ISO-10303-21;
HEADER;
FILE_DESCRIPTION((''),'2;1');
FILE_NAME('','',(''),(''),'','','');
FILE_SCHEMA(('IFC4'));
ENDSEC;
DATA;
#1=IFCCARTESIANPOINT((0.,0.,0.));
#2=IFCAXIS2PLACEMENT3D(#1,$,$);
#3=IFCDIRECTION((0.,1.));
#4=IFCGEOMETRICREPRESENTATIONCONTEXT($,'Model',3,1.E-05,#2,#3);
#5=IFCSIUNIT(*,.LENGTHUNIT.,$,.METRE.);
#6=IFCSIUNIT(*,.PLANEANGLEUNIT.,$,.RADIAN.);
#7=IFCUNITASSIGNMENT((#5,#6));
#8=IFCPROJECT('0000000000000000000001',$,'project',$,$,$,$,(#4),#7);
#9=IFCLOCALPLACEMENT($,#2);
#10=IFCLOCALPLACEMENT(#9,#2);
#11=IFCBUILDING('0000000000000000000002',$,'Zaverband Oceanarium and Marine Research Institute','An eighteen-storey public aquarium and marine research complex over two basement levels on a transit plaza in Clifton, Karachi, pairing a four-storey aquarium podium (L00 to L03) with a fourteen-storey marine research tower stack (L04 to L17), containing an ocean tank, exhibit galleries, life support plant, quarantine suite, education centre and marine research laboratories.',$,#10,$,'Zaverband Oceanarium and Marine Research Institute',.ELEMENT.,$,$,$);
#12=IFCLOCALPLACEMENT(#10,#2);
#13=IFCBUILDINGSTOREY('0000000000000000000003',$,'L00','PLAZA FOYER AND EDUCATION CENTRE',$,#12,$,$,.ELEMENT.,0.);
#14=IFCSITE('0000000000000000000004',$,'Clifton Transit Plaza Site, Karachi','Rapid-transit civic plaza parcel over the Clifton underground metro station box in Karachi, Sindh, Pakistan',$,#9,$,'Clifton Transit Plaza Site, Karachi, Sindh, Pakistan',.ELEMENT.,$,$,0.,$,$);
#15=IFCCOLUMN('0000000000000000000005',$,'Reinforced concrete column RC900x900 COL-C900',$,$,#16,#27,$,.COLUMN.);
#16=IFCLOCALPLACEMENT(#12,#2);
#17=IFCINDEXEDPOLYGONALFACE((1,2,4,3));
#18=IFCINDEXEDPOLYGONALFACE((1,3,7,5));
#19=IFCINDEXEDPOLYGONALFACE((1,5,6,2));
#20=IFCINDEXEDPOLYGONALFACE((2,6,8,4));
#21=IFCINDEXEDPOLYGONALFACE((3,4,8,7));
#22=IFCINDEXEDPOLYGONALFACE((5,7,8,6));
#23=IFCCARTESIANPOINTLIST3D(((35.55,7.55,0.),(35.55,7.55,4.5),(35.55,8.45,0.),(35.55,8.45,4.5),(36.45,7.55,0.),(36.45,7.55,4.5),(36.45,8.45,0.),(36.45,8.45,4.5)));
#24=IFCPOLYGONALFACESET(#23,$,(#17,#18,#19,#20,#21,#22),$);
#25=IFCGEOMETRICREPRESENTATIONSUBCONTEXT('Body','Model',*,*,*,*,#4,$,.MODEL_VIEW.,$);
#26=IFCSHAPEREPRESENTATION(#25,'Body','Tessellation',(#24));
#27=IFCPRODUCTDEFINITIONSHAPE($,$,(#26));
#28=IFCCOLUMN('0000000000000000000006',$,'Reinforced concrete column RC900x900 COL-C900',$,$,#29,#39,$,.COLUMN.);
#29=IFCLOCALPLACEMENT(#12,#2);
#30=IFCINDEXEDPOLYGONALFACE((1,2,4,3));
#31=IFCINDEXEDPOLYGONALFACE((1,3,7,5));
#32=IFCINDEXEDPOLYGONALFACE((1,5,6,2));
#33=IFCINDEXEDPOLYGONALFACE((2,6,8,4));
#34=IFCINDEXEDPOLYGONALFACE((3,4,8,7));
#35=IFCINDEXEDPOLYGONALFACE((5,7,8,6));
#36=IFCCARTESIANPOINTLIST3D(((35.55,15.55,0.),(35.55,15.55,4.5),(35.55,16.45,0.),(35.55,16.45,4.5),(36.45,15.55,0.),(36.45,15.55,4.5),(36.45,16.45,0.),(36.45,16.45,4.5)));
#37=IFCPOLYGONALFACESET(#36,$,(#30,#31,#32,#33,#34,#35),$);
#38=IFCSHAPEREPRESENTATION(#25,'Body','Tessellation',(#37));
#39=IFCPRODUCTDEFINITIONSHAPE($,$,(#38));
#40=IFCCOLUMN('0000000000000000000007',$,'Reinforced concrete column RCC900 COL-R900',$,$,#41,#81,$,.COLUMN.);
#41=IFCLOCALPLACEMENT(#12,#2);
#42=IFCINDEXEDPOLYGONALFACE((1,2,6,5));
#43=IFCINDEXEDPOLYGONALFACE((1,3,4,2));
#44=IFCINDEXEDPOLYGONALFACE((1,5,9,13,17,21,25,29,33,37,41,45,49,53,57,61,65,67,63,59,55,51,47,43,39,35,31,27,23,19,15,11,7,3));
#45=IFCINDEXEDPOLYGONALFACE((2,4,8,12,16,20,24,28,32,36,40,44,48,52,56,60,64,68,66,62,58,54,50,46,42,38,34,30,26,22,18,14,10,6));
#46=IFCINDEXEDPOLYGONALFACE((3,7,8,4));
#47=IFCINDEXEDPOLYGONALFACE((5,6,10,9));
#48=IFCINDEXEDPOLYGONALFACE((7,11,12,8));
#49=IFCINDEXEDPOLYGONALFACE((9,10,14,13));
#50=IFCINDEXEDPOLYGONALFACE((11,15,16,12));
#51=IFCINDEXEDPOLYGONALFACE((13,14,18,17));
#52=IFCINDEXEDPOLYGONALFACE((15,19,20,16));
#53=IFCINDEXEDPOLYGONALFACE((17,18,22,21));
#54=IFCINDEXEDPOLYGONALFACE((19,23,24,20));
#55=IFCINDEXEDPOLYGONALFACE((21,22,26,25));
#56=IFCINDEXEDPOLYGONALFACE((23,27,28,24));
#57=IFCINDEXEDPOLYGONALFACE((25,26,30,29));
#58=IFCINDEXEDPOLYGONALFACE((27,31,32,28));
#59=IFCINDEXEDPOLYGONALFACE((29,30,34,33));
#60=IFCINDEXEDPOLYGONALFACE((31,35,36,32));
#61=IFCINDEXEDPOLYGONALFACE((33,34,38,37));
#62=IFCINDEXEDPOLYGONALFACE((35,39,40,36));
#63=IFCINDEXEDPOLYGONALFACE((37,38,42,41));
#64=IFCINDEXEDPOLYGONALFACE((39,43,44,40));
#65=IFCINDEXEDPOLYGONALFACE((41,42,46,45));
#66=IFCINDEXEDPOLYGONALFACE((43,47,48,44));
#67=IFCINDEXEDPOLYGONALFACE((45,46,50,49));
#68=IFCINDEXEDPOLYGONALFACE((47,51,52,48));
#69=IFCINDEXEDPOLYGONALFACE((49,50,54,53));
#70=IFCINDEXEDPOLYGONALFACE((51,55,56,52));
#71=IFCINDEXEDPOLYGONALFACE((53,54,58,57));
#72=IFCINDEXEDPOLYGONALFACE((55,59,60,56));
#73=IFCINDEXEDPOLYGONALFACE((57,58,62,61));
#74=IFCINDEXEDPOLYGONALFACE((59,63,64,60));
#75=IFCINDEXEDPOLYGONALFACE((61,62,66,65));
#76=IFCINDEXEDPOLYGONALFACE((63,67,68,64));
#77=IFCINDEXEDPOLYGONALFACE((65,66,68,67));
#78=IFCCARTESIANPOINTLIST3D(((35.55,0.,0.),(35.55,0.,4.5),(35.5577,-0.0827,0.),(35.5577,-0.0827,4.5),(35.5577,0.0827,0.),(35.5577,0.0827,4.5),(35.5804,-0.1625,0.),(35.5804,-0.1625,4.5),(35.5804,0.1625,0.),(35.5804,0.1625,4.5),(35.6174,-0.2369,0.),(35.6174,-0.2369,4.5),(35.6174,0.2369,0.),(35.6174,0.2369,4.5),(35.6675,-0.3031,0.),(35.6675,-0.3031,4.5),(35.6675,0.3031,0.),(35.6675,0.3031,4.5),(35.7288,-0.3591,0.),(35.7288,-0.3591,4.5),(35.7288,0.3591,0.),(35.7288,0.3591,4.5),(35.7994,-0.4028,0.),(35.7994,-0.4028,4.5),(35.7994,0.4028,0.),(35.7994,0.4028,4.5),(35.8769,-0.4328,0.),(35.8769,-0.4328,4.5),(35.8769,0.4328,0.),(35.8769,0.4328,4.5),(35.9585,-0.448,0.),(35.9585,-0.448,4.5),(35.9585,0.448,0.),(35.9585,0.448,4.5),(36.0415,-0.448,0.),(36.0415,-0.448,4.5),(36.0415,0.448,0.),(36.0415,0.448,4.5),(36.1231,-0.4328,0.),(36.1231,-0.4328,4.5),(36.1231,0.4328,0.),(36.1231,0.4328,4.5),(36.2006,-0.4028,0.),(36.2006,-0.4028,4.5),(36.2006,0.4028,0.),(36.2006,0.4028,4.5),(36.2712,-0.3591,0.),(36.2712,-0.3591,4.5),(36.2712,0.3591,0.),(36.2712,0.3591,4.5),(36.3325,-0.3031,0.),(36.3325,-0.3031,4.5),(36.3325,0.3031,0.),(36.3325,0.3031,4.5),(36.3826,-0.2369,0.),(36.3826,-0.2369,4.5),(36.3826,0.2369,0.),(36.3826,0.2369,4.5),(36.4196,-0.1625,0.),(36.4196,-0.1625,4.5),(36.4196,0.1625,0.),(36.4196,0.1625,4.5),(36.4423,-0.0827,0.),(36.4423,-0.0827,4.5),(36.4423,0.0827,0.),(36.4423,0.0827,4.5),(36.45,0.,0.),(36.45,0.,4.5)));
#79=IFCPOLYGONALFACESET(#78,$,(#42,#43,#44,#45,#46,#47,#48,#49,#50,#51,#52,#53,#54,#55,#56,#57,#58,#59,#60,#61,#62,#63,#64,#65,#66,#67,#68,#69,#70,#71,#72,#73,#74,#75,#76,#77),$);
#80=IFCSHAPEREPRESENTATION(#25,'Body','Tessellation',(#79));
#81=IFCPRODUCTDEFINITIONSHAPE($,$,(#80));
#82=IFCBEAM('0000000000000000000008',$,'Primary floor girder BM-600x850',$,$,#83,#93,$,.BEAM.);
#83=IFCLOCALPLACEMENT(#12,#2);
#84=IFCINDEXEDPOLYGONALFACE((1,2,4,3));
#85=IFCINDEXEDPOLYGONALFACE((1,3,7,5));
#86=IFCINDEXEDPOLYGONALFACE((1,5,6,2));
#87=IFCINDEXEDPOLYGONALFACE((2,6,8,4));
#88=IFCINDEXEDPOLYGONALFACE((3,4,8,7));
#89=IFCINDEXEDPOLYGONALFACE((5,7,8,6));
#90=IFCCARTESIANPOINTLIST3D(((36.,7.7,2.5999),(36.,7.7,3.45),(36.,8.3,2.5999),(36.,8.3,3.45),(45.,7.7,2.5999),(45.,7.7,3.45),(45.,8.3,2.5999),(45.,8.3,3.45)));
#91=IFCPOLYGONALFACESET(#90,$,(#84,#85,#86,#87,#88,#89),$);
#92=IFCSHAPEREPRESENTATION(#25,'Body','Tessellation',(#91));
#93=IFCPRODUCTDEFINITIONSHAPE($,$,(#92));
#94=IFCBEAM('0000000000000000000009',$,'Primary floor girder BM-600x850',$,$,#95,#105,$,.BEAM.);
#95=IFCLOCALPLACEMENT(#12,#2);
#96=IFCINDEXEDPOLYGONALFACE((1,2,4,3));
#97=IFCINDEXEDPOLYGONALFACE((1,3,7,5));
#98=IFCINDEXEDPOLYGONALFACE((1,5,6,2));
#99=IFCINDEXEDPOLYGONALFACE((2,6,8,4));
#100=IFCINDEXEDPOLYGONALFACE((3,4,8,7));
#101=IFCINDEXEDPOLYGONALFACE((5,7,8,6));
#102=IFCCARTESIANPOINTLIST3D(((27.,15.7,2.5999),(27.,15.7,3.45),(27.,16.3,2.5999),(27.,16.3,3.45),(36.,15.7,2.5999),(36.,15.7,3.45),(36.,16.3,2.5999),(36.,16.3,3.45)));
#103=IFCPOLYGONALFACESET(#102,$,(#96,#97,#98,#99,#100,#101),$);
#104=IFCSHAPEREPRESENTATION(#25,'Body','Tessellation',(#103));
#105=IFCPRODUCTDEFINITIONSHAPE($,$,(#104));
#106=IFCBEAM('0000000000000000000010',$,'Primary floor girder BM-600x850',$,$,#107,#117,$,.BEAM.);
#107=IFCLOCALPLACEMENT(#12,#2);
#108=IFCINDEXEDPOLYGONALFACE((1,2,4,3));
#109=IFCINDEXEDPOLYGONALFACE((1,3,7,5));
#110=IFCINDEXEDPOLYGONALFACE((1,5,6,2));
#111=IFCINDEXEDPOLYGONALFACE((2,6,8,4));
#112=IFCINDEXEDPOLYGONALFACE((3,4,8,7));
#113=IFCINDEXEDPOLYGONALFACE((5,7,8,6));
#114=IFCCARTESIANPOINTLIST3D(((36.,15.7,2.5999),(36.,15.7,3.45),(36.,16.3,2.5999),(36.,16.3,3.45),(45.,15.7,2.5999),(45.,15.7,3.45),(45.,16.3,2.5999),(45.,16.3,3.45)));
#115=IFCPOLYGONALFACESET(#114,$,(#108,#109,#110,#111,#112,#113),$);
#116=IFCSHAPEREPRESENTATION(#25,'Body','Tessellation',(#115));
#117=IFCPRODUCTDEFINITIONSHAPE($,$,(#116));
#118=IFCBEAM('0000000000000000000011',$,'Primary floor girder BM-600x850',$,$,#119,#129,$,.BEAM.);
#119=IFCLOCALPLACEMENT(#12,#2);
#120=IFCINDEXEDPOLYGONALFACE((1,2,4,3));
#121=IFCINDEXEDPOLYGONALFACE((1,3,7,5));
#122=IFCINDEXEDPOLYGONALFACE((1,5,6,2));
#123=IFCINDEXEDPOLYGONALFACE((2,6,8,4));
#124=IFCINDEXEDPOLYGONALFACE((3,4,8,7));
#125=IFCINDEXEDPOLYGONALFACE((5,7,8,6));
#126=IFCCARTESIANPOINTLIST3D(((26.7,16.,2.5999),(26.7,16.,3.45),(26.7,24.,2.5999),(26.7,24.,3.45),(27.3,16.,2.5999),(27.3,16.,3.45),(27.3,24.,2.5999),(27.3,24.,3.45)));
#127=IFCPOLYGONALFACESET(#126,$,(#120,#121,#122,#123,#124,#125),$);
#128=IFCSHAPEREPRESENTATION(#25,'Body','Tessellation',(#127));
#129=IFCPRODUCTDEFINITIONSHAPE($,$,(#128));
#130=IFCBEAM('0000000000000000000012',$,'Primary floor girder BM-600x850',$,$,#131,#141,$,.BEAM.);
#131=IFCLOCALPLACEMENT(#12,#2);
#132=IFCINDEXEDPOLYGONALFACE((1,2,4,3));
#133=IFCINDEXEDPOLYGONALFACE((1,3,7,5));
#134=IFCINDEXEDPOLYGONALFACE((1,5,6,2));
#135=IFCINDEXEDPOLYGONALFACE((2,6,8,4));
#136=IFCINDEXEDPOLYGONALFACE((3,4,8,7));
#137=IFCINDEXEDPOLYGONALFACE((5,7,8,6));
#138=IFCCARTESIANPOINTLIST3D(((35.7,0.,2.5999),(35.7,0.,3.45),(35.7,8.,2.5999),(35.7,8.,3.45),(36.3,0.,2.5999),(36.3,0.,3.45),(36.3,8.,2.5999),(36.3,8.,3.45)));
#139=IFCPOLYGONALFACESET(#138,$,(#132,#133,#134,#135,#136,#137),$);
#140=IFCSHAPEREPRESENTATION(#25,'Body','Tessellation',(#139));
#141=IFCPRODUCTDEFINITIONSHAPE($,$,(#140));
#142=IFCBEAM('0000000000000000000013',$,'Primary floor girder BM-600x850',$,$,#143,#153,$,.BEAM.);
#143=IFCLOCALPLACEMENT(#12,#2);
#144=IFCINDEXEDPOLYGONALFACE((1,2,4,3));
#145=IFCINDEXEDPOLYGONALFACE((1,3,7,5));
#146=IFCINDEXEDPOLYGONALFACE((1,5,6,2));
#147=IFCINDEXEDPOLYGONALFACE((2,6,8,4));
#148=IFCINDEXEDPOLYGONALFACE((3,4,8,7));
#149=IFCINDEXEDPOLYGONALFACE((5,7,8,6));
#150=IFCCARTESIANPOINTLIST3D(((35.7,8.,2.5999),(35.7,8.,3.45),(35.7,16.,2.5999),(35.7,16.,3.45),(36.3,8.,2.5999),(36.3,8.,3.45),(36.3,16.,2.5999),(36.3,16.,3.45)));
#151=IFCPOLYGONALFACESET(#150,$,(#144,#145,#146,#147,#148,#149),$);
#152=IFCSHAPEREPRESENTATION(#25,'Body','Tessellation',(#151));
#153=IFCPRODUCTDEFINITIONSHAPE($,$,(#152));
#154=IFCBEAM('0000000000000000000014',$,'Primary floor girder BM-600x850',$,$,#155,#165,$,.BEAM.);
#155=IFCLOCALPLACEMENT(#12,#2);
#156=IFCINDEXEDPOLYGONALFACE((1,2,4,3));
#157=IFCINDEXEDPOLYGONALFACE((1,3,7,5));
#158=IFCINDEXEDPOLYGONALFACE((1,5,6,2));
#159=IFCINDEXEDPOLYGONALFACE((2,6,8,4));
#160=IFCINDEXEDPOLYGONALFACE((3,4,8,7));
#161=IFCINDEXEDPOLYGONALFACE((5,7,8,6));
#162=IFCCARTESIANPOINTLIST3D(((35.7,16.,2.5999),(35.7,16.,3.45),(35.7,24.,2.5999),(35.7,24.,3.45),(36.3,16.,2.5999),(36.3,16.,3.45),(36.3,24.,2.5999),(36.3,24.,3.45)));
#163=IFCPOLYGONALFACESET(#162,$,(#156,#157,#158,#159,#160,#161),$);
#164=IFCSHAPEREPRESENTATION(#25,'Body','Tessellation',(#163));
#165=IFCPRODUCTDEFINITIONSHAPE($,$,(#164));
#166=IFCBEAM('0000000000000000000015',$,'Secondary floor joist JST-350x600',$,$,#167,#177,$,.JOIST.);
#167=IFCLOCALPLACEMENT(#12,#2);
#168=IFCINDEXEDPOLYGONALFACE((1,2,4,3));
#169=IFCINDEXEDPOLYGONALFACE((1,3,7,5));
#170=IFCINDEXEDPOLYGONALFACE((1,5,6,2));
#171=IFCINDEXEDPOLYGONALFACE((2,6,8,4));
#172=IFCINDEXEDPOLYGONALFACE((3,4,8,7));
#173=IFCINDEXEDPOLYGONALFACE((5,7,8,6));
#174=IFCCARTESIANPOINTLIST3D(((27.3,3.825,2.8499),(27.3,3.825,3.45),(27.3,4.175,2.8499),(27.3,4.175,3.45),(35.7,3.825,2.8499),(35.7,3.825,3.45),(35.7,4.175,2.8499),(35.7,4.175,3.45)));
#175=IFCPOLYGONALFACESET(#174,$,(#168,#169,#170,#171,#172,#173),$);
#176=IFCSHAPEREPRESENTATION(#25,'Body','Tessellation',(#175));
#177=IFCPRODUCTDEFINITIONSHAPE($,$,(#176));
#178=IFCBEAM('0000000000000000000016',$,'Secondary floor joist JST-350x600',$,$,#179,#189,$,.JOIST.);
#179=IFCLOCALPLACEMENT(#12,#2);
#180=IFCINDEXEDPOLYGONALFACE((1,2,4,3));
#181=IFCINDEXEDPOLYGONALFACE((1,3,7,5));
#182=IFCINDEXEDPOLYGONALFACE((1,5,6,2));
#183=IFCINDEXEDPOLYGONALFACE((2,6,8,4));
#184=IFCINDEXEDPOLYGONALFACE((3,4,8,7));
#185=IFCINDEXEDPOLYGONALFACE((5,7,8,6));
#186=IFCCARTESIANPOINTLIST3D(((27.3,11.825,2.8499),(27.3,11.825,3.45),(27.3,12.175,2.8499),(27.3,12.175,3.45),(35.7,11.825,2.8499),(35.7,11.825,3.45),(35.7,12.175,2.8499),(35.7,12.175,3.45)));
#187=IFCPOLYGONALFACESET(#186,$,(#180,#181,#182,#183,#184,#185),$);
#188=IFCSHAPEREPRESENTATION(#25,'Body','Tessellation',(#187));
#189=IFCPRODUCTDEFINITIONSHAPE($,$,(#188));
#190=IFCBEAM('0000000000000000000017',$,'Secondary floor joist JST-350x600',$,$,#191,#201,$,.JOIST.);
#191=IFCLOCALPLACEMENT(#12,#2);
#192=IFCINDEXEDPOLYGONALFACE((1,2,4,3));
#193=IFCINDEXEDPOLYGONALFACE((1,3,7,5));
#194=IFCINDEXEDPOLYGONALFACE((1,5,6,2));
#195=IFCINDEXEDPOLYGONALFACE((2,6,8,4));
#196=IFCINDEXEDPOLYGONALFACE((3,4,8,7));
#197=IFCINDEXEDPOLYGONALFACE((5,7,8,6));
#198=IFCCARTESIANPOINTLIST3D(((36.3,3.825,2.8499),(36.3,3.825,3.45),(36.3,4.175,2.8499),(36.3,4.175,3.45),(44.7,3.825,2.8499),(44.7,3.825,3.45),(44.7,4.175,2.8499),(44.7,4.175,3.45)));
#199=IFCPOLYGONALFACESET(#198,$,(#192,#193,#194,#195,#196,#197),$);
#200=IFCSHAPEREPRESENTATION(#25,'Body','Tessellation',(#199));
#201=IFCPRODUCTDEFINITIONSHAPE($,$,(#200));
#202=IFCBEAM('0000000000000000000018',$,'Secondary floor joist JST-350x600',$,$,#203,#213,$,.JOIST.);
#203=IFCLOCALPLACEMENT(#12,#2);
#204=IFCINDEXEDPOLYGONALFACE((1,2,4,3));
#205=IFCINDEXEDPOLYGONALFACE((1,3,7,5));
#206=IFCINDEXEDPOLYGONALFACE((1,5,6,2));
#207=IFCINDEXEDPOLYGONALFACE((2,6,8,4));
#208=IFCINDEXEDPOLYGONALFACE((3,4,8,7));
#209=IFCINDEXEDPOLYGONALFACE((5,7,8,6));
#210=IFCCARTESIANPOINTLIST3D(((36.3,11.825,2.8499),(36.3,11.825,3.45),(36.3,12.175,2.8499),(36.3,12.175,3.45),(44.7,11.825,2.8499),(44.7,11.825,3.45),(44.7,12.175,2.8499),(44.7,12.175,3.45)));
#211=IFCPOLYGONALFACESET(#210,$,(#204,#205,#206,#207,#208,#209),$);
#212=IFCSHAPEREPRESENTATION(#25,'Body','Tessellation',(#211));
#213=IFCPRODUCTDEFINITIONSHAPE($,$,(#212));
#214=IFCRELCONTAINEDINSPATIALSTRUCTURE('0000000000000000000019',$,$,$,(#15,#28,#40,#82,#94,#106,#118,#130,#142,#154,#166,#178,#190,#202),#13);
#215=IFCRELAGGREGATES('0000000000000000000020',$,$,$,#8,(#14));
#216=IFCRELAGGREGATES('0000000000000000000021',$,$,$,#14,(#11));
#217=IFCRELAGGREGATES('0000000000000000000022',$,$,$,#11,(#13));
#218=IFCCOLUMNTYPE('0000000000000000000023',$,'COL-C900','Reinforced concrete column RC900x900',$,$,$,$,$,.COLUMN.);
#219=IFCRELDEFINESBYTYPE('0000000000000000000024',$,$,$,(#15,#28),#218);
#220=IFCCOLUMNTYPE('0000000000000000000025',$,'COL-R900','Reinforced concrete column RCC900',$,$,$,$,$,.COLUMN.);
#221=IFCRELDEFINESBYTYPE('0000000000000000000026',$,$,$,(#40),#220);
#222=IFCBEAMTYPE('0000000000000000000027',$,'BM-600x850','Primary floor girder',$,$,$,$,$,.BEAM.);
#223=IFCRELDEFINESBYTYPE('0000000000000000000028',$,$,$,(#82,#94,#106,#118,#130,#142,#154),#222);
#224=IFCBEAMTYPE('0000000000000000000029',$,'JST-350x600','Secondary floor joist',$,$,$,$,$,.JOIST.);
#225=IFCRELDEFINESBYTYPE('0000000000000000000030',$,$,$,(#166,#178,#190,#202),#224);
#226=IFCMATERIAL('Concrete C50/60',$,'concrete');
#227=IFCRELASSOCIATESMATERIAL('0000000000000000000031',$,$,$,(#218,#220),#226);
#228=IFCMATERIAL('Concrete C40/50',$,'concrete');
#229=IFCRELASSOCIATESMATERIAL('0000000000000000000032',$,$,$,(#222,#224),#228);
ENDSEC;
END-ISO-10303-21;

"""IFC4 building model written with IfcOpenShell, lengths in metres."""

from ifc_helpers import new_model, si_unit, direction, frame, origin, origin_2d, place, context, subcontext, project, spatial, rectangle, circle, extrude, material, material_profile, profile_set, type_object, element, save


model = new_model("IFC4")

# Units and contexts
model_context = context("Model", 3, precision=1e-05, world=origin(), true_north=direction((0.0, 1.0)))
body_context = subcontext(model_context, "Body", "Model", "MODEL_VIEW")
ifc_project = project(units=[si_unit("LENGTHUNIT", "METRE"), si_unit("PLANEANGLEUNIT", "RADIAN")], contexts=[model_context])

# Site, building, storey
site_placement = place(None, origin())
site = spatial("IfcSite", under=ifc_project, at=site_placement, Name="Clifton Transit Plaza Site, Karachi", Description="Rapid-transit civic plaza parcel over the Clifton underground metro station box in Karachi, Sindh, Pakistan", LongName="Clifton Transit Plaza Site, Karachi, Sindh, Pakistan", CompositionType="ELEMENT", RefElevation=0.0)
building_placement = place(site_placement, origin())
building = spatial("IfcBuilding", under=site, at=building_placement, Name="Zaverband Oceanarium and Marine Research Institute", Description="An eighteen-storey public aquarium and marine research complex over two basement levels on a transit plaza in Clifton, Karachi, pairing a four-storey aquarium podium (L00 to L03) with a fourteen-storey marine research tower stack (L04 to L17), containing an ocean tank, exhibit galleries, life support plant, quarantine suite, education centre and marine research laboratories.", LongName="Zaverband Oceanarium and Marine Research Institute", CompositionType="ELEMENT")
storey_placement = place(building_placement, origin())
storey = spatial("IfcBuildingStorey", under=building, at=storey_placement, Name="L00", Description="PLAZA FOYER AND EDUCATION CENTRE", CompositionType="ELEMENT", Elevation=0.0)

# Columns
ifc_material_1 = material(Name="Concrete C50/60", Category="concrete")
ifc_material_profile_1 = material_profile(ifc_material_1, rectangle(XDim=0.8999, YDim=0.8999, at=origin_2d()), Name="RC900x900")
ifc_profile_set_1 = profile_set([ifc_material_profile_1], Name="Concrete C50/60")
column_type_1 = type_object("IfcColumnType", Name="COL-C900", Description="Reinforced concrete column RC900x900", PredefinedType="COLUMN", material=ifc_profile_set_1)
for number, where, z_axis, x_axis, name in (
    (1, (36.0, 8.0, 0.0), (0.0, 0.0, 1.0), (1.0, 0.0, 0.0), "Reinforced concrete column RC900x900 COL-C900"),
    (2, (36.0, 16.0, 0.0), (0.0, 0.0, 1.0), (1.0, 0.0, 0.0), "Reinforced concrete column RC900x900 COL-C900"),
):
    element("IfcColumn", number, at=place(storey_placement, frame(where, z_axis=z_axis, x_axis=x_axis)), inside=storey, type_object=column_type_1, Name=name, PredefinedType="COLUMN", context=body_context, shape_type="SweptSolid", body=[
        extrude(rectangle(XDim=0.8999, YDim=0.8999, at=origin_2d()), origin(), (0.0, 0.0, 1.0), 4.5),
    ])
ifc_material_profile_2 = material_profile(ifc_material_1, circle(Radius=0.45, at=origin_2d()), Name="RCC900")
ifc_profile_set_2 = profile_set([ifc_material_profile_2], Name="Concrete C50/60")
column_type_2 = type_object("IfcColumnType", Name="COL-R900", Description="Reinforced concrete column RCC900", PredefinedType="COLUMN", material=ifc_profile_set_2)
column_placement = place(storey_placement, frame((36.0, 0.0, 0.0), z_axis=(0.0, 0.0, 1.0), x_axis=(1.0, 0.0, 0.0)))
element("IfcColumn", 3, at=column_placement, inside=storey, type_object=column_type_2, Name="Reinforced concrete column RCC900 COL-R900", PredefinedType="COLUMN", context=body_context, shape_type="SweptSolid", body=[
    extrude(circle(Radius=0.45, at=origin_2d()), origin(), (0.0, 0.0, 1.0), 4.5),
])

# Beams
ifc_material_2 = material(Name="Concrete C40/50", Category="concrete")
ifc_material_profile_3 = material_profile(ifc_material_2, rectangle(XDim=0.6001, YDim=0.8501, at=origin_2d()), Name="RC600x850")
ifc_profile_set_3 = profile_set([ifc_material_profile_3], Name="Concrete C40/50")
beam_type_1 = type_object("IfcBeamType", Name="BM-600x850", Description="Primary floor girder", PredefinedType="BEAM", material=ifc_profile_set_3)
for number, where, z_axis, x_axis, name in (
    (4, (36.0, 8.0, 3.0249), (1.0, 0.0, 0.0), (0.0, 1.0, 0.0), "Primary floor girder BM-600x850"),
    (5, (27.0, 16.0, 3.0249), (1.0, 0.0, 0.0), (0.0, 1.0, 0.0), "Primary floor girder BM-600x850"),
    (6, (36.0, 16.0, 3.0249), (1.0, 0.0, 0.0), (0.0, 1.0, 0.0), "Primary floor girder BM-600x850"),
):
    element("IfcBeam", number, at=place(storey_placement, frame(where, z_axis=z_axis, x_axis=x_axis)), inside=storey, type_object=beam_type_1, Name=name, PredefinedType="BEAM", context=body_context, shape_type="SweptSolid", body=[
        extrude(rectangle(XDim=0.6001, YDim=0.8501, at=origin_2d()), origin(), (0.0, 0.0, 1.0), 9.0),
    ])
for number, where, z_axis, x_axis, name in (
    (7, (27.0, 16.0, 3.0249), (0.0, 1.0, 0.0), (-1.0, 0.0, 0.0), "Primary floor girder BM-600x850"),
    (8, (36.0, 0.0, 3.0249), (0.0, 1.0, 0.0), (-1.0, 0.0, 0.0), "Primary floor girder BM-600x850"),
    (9, (36.0, 8.0, 3.0249), (0.0, 1.0, 0.0), (-1.0, 0.0, 0.0), "Primary floor girder BM-600x850"),
    (10, (36.0, 16.0, 3.0249), (0.0, 1.0, 0.0), (-1.0, 0.0, 0.0), "Primary floor girder BM-600x850"),
):
    element("IfcBeam", number, at=place(storey_placement, frame(where, z_axis=z_axis, x_axis=x_axis)), inside=storey, type_object=beam_type_1, Name=name, PredefinedType="BEAM", context=body_context, shape_type="SweptSolid", body=[
        extrude(rectangle(XDim=0.6001, YDim=0.8501, at=origin_2d()), origin(), (0.0, 0.0, 1.0), 8.0),
    ])
ifc_material_profile_4 = material_profile(ifc_material_2, rectangle(XDim=0.3501, YDim=0.6001, at=origin_2d()), Name="RC350x600")
ifc_profile_set_4 = profile_set([ifc_material_profile_4], Name="Concrete C40/50")
beam_type_2 = type_object("IfcBeamType", Name="JST-350x600", Description="Secondary floor joist", PredefinedType="JOIST", material=ifc_profile_set_4)
for number, where, z_axis, x_axis, name in (
    (11, (27.3, 4.0, 3.1499), (1.0, 0.0, 0.0), (0.0, 1.0, 0.0), "Secondary floor joist JST-350x600"),
    (12, (27.3, 12.0, 3.1499), (1.0, 0.0, 0.0), (0.0, 1.0, 0.0), "Secondary floor joist JST-350x600"),
    (13, (36.3, 4.0, 3.1499), (1.0, 0.0, 0.0), (0.0, 1.0, 0.0), "Secondary floor joist JST-350x600"),
    (14, (36.3, 12.0, 3.1499), (1.0, 0.0, 0.0), (0.0, 1.0, 0.0), "Secondary floor joist JST-350x600"),
):
    element("IfcBeam", number, at=place(storey_placement, frame(where, z_axis=z_axis, x_axis=x_axis)), inside=storey, type_object=beam_type_2, Name=name, PredefinedType="JOIST", context=body_context, shape_type="SweptSolid", body=[
        extrude(rectangle(XDim=0.3501, YDim=0.6001, at=origin_2d()), origin(), (0.0, 0.0, 1.0), 8.3999),
    ])

save(model, "model.ifc")
